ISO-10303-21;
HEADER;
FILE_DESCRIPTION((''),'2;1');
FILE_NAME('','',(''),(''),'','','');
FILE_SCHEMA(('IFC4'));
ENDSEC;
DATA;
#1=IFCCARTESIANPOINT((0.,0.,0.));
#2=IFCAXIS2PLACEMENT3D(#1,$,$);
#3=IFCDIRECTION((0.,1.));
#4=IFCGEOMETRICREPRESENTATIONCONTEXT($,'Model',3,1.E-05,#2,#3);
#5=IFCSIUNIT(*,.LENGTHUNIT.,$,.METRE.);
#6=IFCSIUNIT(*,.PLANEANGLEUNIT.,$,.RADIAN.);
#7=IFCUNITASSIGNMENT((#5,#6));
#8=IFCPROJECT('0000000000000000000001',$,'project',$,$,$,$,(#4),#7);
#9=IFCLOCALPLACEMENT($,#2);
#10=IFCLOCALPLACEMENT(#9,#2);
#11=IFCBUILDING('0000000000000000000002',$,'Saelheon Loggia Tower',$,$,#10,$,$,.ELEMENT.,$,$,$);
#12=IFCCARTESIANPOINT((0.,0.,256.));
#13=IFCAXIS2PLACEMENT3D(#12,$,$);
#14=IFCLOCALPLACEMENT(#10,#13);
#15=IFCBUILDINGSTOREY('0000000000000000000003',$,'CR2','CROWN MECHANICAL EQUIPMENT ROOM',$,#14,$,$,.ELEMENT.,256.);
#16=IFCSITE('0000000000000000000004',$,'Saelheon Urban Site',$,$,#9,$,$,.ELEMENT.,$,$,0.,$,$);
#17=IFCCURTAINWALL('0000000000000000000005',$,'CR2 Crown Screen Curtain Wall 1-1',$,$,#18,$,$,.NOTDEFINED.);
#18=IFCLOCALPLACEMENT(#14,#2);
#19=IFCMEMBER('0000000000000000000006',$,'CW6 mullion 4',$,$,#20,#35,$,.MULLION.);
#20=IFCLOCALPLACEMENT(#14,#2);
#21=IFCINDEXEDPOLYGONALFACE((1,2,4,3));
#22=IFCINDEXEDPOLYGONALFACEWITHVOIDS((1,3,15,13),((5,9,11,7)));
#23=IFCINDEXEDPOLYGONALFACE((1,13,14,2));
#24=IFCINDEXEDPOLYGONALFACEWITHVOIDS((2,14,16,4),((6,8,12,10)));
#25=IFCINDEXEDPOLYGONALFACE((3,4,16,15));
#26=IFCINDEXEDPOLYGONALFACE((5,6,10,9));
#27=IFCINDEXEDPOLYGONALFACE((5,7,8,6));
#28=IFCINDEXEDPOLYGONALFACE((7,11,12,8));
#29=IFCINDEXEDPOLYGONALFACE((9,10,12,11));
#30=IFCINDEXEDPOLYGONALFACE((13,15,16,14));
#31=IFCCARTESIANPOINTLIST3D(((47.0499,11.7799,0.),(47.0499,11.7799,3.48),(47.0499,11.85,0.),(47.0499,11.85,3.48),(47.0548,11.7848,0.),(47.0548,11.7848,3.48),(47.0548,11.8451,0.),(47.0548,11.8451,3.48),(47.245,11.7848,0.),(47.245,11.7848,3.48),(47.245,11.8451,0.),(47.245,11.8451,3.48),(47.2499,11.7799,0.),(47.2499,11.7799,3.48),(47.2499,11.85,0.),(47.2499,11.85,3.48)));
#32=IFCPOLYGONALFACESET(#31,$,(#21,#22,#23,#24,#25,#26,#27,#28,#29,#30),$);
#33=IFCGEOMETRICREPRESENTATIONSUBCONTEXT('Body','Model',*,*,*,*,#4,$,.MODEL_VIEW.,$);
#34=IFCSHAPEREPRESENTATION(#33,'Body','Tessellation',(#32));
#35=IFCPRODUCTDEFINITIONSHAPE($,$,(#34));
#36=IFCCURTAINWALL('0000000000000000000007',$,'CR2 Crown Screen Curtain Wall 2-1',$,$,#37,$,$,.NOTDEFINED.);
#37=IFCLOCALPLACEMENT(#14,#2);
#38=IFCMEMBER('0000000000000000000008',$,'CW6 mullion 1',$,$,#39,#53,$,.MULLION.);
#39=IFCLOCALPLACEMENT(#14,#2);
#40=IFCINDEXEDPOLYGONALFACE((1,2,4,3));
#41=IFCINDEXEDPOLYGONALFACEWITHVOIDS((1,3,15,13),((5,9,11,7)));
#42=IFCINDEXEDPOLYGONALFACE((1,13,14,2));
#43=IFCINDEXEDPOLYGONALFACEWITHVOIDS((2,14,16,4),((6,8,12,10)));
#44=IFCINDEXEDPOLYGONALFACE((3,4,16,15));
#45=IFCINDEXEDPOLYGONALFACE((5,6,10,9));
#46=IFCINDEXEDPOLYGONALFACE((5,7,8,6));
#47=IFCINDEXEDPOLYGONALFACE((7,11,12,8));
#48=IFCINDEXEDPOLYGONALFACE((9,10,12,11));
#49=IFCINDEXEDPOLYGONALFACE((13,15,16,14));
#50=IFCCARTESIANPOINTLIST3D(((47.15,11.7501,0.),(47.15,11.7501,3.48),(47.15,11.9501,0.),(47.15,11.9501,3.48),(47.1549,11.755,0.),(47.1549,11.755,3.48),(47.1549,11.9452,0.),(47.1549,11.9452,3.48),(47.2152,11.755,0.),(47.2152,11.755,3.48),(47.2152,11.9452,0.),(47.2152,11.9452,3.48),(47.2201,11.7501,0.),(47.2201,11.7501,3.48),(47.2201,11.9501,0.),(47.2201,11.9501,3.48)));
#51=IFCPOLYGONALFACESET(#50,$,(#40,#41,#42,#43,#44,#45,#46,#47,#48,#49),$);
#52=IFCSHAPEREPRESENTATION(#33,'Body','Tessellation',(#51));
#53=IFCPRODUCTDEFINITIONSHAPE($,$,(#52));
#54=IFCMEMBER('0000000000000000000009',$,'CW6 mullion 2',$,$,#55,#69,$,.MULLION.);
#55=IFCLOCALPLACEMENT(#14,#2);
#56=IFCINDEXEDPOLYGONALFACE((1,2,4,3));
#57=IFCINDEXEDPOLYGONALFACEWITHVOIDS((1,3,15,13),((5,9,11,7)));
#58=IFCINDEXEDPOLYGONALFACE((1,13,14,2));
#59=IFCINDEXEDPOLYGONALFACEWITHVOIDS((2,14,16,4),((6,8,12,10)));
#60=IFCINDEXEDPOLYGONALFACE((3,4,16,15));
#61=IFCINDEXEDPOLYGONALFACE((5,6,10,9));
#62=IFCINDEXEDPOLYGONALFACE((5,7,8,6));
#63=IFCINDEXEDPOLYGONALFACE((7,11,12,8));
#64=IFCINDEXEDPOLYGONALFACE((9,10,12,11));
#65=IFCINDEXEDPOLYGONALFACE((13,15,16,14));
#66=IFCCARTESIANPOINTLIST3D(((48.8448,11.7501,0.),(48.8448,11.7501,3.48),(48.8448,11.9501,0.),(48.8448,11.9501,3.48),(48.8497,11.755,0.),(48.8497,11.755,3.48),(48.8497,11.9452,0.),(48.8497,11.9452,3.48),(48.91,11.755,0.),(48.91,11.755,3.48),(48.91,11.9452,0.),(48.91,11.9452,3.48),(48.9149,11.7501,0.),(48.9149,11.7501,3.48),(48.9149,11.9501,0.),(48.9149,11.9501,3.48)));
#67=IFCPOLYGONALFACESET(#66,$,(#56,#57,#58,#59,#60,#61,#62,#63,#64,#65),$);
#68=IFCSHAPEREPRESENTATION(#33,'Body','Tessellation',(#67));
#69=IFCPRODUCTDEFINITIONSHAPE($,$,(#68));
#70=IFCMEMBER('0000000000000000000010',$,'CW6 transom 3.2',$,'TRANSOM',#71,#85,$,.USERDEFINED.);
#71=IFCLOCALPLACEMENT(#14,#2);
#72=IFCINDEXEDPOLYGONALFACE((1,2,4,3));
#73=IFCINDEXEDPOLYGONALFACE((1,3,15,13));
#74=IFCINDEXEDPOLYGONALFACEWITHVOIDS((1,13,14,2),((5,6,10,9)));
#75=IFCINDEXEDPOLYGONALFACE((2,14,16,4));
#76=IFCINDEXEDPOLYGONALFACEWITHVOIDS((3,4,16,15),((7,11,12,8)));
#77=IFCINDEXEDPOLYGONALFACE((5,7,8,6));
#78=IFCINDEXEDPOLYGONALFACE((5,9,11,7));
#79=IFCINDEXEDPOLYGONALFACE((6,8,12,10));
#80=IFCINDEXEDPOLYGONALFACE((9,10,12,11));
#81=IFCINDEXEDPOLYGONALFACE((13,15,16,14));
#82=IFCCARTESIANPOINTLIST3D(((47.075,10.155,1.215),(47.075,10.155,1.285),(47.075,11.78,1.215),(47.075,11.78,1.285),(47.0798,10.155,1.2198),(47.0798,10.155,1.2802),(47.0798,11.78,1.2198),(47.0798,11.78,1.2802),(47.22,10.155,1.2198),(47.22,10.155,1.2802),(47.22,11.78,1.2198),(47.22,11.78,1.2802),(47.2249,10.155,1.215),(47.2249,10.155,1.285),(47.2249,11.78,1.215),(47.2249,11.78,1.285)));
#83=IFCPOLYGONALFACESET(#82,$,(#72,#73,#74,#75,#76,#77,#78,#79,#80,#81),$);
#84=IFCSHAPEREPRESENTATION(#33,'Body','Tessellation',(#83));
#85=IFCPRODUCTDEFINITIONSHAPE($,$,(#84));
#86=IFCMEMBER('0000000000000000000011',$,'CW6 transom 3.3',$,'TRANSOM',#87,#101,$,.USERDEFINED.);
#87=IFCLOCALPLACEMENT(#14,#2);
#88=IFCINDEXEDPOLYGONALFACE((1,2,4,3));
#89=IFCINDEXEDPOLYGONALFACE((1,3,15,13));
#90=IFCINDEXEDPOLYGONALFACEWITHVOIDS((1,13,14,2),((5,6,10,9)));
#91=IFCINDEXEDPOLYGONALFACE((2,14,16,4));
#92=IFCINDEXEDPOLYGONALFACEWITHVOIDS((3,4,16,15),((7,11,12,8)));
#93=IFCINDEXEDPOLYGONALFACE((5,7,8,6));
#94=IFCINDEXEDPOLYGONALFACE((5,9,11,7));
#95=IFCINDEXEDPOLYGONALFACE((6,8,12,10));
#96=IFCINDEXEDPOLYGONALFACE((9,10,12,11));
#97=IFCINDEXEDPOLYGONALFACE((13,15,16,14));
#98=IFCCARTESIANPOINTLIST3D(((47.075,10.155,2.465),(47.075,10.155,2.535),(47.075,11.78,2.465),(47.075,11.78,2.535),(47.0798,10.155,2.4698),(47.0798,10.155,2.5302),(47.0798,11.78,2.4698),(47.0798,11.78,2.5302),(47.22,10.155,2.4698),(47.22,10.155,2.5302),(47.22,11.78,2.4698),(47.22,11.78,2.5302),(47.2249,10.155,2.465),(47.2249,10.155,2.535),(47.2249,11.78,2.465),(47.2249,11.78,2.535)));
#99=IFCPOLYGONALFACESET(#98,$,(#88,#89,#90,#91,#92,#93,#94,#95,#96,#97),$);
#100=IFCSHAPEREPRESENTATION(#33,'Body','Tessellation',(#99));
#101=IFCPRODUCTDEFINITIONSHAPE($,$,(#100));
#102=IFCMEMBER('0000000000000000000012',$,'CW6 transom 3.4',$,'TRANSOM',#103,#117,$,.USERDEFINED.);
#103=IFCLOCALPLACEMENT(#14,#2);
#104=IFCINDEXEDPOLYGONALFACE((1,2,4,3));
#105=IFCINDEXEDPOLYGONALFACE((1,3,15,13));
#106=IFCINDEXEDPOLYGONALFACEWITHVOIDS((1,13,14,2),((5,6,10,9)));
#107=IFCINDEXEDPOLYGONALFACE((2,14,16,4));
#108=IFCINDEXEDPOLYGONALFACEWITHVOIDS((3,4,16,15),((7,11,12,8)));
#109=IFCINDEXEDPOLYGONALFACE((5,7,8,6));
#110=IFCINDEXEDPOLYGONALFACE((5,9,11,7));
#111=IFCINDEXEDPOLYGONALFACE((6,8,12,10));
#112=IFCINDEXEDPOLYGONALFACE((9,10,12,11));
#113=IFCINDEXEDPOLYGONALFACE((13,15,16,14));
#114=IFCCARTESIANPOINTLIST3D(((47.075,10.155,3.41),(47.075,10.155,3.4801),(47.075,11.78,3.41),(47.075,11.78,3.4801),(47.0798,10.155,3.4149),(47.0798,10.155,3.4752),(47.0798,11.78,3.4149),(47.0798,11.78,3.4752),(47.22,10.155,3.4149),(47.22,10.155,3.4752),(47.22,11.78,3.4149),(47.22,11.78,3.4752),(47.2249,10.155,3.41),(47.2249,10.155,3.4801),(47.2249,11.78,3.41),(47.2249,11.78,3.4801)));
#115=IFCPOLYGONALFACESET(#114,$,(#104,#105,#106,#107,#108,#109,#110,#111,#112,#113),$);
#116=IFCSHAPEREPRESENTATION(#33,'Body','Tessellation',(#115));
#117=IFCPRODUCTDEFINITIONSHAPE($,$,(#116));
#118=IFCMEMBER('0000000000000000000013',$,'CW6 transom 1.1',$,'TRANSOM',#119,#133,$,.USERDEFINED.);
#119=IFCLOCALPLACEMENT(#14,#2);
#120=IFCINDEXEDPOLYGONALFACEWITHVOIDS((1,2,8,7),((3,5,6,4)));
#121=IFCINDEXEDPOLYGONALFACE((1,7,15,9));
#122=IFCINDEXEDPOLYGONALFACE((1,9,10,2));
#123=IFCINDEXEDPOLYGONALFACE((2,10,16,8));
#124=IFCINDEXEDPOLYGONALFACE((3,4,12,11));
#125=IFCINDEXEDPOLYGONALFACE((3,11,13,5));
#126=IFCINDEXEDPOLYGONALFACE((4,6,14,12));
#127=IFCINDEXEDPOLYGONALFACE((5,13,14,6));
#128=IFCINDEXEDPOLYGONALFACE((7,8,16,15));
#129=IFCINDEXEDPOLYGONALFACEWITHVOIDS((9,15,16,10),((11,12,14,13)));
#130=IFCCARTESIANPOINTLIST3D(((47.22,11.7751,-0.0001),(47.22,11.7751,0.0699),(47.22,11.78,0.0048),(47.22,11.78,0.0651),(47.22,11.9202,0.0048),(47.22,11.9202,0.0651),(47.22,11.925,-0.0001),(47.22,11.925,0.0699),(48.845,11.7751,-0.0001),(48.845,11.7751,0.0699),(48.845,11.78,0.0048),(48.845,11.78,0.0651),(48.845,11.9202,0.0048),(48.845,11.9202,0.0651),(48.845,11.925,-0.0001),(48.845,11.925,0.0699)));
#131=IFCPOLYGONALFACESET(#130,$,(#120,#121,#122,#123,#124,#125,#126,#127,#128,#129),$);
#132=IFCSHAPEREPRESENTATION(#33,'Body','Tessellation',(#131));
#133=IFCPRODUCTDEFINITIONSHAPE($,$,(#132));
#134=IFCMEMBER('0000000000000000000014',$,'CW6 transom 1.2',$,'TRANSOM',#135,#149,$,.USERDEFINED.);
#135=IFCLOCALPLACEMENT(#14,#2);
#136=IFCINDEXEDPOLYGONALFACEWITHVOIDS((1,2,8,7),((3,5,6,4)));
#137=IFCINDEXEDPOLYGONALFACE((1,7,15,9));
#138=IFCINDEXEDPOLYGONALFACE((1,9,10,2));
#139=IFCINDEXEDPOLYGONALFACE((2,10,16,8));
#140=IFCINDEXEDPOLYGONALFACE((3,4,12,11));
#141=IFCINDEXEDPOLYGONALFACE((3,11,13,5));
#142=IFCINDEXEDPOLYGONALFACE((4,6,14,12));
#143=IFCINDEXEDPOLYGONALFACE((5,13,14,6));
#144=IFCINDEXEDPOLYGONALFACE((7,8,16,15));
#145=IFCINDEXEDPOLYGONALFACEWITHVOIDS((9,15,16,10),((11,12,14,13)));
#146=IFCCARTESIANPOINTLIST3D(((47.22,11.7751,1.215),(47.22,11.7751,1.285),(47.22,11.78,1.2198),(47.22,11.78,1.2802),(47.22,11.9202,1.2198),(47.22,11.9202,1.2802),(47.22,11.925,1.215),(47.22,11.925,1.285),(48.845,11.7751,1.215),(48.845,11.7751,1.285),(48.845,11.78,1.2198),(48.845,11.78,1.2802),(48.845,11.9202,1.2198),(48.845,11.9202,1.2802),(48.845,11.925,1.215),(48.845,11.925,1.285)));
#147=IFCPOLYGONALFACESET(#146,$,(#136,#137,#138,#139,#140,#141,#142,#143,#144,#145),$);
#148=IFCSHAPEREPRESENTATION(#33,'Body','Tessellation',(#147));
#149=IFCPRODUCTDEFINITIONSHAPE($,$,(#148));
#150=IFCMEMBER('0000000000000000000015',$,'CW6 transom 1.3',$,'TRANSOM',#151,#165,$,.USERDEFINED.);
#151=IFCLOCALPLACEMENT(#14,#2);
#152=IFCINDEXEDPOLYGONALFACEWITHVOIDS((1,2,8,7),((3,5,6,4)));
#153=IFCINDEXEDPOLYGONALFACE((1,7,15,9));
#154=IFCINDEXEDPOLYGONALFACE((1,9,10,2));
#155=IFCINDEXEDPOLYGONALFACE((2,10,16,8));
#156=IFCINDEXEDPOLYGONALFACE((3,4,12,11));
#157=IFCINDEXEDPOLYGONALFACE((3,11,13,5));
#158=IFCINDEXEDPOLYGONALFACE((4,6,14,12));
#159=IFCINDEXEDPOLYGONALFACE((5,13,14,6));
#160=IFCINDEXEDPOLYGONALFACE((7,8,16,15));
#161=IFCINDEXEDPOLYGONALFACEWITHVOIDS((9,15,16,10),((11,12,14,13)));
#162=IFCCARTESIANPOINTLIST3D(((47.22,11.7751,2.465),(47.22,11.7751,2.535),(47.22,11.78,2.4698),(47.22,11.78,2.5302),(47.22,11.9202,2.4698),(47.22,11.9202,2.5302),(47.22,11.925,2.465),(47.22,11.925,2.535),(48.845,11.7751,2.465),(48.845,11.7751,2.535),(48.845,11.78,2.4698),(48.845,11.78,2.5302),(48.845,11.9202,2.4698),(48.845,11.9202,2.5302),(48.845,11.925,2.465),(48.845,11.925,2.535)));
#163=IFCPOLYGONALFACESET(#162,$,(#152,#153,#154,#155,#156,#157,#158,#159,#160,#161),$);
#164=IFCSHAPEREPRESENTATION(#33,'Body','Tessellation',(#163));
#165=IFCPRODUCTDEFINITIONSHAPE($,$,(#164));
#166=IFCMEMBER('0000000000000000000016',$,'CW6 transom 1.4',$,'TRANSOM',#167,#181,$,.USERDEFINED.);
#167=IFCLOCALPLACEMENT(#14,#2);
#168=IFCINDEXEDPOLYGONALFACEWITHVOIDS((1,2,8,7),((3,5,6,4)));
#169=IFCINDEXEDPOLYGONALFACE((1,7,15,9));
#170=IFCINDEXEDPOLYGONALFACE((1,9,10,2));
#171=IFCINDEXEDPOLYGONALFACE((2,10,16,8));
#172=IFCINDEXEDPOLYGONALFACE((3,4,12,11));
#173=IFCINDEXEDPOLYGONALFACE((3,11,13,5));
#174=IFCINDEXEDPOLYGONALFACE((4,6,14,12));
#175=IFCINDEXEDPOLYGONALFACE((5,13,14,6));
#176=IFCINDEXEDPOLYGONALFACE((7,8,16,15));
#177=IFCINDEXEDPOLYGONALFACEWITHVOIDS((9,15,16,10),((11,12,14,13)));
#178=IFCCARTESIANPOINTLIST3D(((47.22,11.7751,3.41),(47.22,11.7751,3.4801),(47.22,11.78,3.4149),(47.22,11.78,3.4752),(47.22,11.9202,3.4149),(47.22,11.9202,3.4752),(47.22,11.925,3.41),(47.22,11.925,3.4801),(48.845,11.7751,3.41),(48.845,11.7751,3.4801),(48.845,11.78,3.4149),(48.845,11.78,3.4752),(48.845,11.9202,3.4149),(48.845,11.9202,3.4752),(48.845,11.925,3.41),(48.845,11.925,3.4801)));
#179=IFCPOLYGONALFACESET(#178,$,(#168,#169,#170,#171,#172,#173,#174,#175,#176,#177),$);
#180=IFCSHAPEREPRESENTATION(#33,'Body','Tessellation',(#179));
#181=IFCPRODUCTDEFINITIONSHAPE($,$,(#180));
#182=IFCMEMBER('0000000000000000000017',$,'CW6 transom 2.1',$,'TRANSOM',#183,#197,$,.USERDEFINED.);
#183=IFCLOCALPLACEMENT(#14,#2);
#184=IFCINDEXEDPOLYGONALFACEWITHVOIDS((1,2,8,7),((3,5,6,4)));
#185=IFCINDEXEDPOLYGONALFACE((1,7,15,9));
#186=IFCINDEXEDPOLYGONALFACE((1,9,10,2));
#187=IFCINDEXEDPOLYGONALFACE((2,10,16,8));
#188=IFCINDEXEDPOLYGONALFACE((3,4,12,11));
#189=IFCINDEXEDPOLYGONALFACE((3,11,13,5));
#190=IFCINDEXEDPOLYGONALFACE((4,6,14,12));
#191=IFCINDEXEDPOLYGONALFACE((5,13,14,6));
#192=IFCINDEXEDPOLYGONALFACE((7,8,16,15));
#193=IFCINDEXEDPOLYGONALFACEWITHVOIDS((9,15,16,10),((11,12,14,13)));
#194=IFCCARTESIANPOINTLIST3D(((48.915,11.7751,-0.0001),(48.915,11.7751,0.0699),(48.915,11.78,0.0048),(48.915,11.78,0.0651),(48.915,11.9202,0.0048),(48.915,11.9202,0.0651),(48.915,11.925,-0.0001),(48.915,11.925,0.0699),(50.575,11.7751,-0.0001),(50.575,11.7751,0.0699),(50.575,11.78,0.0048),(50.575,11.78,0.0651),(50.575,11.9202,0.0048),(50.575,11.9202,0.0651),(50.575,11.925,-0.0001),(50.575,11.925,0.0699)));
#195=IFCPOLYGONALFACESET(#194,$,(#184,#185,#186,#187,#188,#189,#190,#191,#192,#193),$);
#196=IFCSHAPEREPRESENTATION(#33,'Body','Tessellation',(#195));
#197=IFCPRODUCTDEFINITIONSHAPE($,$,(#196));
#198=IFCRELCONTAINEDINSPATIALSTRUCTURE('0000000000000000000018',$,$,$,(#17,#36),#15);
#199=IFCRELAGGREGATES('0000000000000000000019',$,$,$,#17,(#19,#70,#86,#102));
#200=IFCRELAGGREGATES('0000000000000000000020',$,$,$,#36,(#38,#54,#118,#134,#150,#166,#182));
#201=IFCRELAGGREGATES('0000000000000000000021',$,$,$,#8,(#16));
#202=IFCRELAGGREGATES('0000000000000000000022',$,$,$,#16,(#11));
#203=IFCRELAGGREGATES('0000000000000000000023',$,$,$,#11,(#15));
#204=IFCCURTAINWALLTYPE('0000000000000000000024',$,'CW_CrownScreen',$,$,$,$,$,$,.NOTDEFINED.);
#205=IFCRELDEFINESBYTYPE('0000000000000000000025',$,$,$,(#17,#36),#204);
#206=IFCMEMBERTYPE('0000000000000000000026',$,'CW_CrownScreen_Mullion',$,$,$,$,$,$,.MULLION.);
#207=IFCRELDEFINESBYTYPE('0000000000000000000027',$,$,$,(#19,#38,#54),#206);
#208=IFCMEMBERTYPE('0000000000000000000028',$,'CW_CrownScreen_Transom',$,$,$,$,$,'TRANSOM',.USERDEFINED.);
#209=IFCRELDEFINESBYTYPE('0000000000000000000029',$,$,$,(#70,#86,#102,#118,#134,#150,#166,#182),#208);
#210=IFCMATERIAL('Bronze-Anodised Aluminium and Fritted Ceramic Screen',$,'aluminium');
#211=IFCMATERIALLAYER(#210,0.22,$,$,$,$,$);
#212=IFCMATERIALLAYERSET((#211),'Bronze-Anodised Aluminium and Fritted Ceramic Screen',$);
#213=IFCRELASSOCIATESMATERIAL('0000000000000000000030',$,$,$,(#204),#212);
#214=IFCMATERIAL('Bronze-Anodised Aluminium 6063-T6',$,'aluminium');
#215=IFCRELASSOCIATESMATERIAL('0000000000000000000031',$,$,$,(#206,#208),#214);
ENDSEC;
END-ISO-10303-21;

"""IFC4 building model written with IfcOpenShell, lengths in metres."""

from ifc_helpers import new_model, si_unit, direction, frame, origin, origin_2d, place, context, subcontext, project, spatial, hollow_rectangle, extrude, source, transform, mapped, material, layer, layer_set, material_profile, profile_set, type_object, element, aggregate, save


model = new_model("IFC4")

# Units and contexts
model_context = context("Model", 3, precision=1e-05, world=origin(), true_north=direction((0.0, 1.0)))
body_context = subcontext(model_context, "Body", "Model", "MODEL_VIEW")
ifc_project = project(units=[si_unit("LENGTHUNIT", "METRE"), si_unit("PLANEANGLEUNIT", "RADIAN")], contexts=[model_context])

# Site, building, storey
site_placement = place(None, origin())
site = spatial("IfcSite", under=ifc_project, at=site_placement, Name="Saelheon Urban Site", CompositionType="ELEMENT", RefElevation=0.0)
building_placement = place(site_placement, origin())
building = spatial("IfcBuilding", under=site, at=building_placement, Name="Saelheon Loggia Tower", CompositionType="ELEMENT")
storey_placement = place(building_placement, frame((0.0, 0.0, 256.0)))
storey = spatial("IfcBuildingStorey", under=building, at=storey_placement, Name="CR2", Description="CROWN MECHANICAL EQUIPMENT ROOM", CompositionType="ELEMENT", Elevation=256.0)

# Curtain wall, member
ifc_material_1 = material(Name="Bronze-Anodised Aluminium and Fritted Ceramic Screen", Category="aluminium")
ifc_layer_1 = layer(ifc_material_1, 0.22)
ifc_layer_set_1 = layer_set([ifc_layer_1], Name="Bronze-Anodised Aluminium and Fritted Ceramic Screen")
curtain_wall_type = type_object("IfcCurtainWallType", Name="CW_CrownScreen", PredefinedType="NOTDEFINED", material=ifc_layer_set_1)
curtain_wall_1_placement = place(storey_placement, origin())
curtain_wall_1 = element("IfcCurtainWall", 1, at=curtain_wall_1_placement, inside=storey, type_object=curtain_wall_type, Name="CR2 Crown Screen Curtain Wall 1-1", PredefinedType="NOTDEFINED")
ifc_material_2 = material(Name="Bronze-Anodised Aluminium 6063-T6", Category="aluminium")
ifc_material_profile_1 = material_profile(ifc_material_2, hollow_rectangle(XDim=0.0701, YDim=0.2, WallThickness=0.0049, at=origin_2d()), Name="RHS-200x70x5")
ifc_profile_set_1 = profile_set([ifc_material_profile_1], Name="Bronze-Anodised Aluminium 6063-T6")
member_type_1 = type_object("IfcMemberType", Name="CW_CrownScreen_Mullion", PredefinedType="MULLION", material=ifc_profile_set_1)
shared_shape_1 = source(origin(), body_context, "Body", "SweptSolid", [
    extrude(hollow_rectangle(XDim=0.0701, YDim=0.2, WallThickness=0.0049, at=origin_2d()), origin(), (0.0, 0.0, 1.0), 3.48),
])
member_1_placement = place(storey_placement, frame((47.1499, 11.8149, 0.0), z_axis=(0.0, 0.0, 1.0), x_axis=(0.0, 1.0, 0.0)))
member_1 = element("IfcMember", 2, at=member_1_placement, type_object=member_type_1, Name="CW6 mullion 4", PredefinedType="MULLION", context=body_context, shape_type="MappedRepresentation", body=[
    mapped(shared_shape_1, transform((0.0, 0.0, 0.0), scale=1.0)),
])

# Curtain wall, members
curtain_wall_2_placement = place(storey_placement, origin())
curtain_wall_2 = element("IfcCurtainWall", 3, at=curtain_wall_2_placement, inside=storey, type_object=curtain_wall_type, Name="CR2 Crown Screen Curtain Wall 2-1", PredefinedType="NOTDEFINED")
member_2_placement = place(storey_placement, frame((47.1851, 11.8501, 0.0), z_axis=(0.0, 0.0, 1.0), x_axis=(1.0, 0.0, 0.0)))
member_2 = element("IfcMember", 4, at=member_2_placement, type_object=member_type_1, Name="CW6 mullion 1", PredefinedType="MULLION", context=body_context, shape_type="MappedRepresentation", body=[
    mapped(shared_shape_1, transform((0.0, 0.0, 0.0), scale=1.0)),
])
member_3_placement = place(storey_placement, frame((48.8799, 11.8501, 0.0), z_axis=(0.0, 0.0, 1.0), x_axis=(1.0, 0.0, 0.0)))
member_3 = element("IfcMember", 5, at=member_3_placement, type_object=member_type_1, Name="CW6 mullion 2", PredefinedType="MULLION", context=body_context, shape_type="MappedRepresentation", body=[
    mapped(shared_shape_1, transform((0.0, 0.0, 0.0), scale=1.0)),
])

# Members
ifc_material_profile_2 = material_profile(ifc_material_2, hollow_rectangle(XDim=0.0701, YDim=0.1499, WallThickness=0.0049, at=origin_2d()), Name="RHS-150x70x5")
ifc_profile_set_2 = profile_set([ifc_material_profile_2], Name="Bronze-Anodised Aluminium 6063-T6")
member_type_2 = type_object("IfcMemberType", Name="CW_CrownScreen_Transom", ElementType="TRANSOM", PredefinedType="USERDEFINED", material=ifc_profile_set_2)
shared_shape_2 = source(origin(), body_context, "Body", "SweptSolid", [
    extrude(hollow_rectangle(XDim=0.0701, YDim=0.1499, WallThickness=0.0049, at=origin_2d()), origin(), (0.0, 0.0, 1.0), 1.625),
])
member_4_placement = place(storey_placement, frame((47.1499, 10.155, 1.25), z_axis=(0.0, 1.0, 0.0), x_axis=(0.0, 0.0, 1.0)))
member_4 = element("IfcMember", 6, at=member_4_placement, type_object=member_type_2, Name="CW6 transom 3.2", ObjectType="TRANSOM", PredefinedType="USERDEFINED", context=body_context, shape_type="MappedRepresentation", body=[
    mapped(shared_shape_2, transform((0.0, 0.0, 0.0), scale=1.0)),
])
member_5_placement = place(storey_placement, frame((47.1499, 10.155, 2.5), z_axis=(0.0, 1.0, 0.0), x_axis=(0.0, 0.0, 1.0)))
member_5 = element("IfcMember", 7, at=member_5_placement, type_object=member_type_2, Name="CW6 transom 3.3", ObjectType="TRANSOM", PredefinedType="USERDEFINED", context=body_context, shape_type="MappedRepresentation", body=[
    mapped(shared_shape_2, transform((0.0, 0.0, 0.0), scale=1.0)),
])
member_6_placement = place(storey_placement, frame((47.1499, 10.155, 3.4451), z_axis=(0.0, 1.0, 0.0), x_axis=(0.0, 0.0, 1.0)))
member_6 = element("IfcMember", 8, at=member_6_placement, type_object=member_type_2, Name="CW6 transom 3.4", ObjectType="TRANSOM", PredefinedType="USERDEFINED", context=body_context, shape_type="MappedRepresentation", body=[
    mapped(shared_shape_2, transform((0.0, 0.0, 0.0), scale=1.0)),
])
member_7_placement = place(storey_placement, frame((47.22, 11.8501, 0.0349), z_axis=(1.0, 0.0, 0.0), x_axis=(0.0, 0.0, 1.0)))
member_7 = element("IfcMember", 9, at=member_7_placement, type_object=member_type_2, Name="CW6 transom 1.1", ObjectType="TRANSOM", PredefinedType="USERDEFINED", context=body_context, shape_type="MappedRepresentation", body=[
    mapped(shared_shape_2, transform((0.0, 0.0, 0.0), scale=1.0)),
])
member_8_placement = place(storey_placement, frame((47.22, 11.8501, 1.25), z_axis=(1.0, 0.0, 0.0), x_axis=(0.0, 0.0, 1.0)))
member_8 = element("IfcMember", 10, at=member_8_placement, type_object=member_type_2, Name="CW6 transom 1.2", ObjectType="TRANSOM", PredefinedType="USERDEFINED", context=body_context, shape_type="MappedRepresentation", body=[
    mapped(shared_shape_2, transform((0.0, 0.0, 0.0), scale=1.0)),
])
member_9_placement = place(storey_placement, frame((47.22, 11.8501, 2.5), z_axis=(1.0, 0.0, 0.0), x_axis=(0.0, 0.0, 1.0)))
member_9 = element("IfcMember", 11, at=member_9_placement, type_object=member_type_2, Name="CW6 transom 1.3", ObjectType="TRANSOM", PredefinedType="USERDEFINED", context=body_context, shape_type="MappedRepresentation", body=[
    mapped(shared_shape_2, transform((0.0, 0.0, 0.0), scale=1.0)),
])
member_10_placement = place(storey_placement, frame((47.22, 11.8501, 3.4451), z_axis=(1.0, 0.0, 0.0), x_axis=(0.0, 0.0, 1.0)))
member_10 = element("IfcMember", 12, at=member_10_placement, type_object=member_type_2, Name="CW6 transom 1.4", ObjectType="TRANSOM", PredefinedType="USERDEFINED", context=body_context, shape_type="MappedRepresentation", body=[
    mapped(shared_shape_2, transform((0.0, 0.0, 0.0), scale=1.0)),
])
shared_shape_3 = source(origin(), body_context, "Body", "SweptSolid", [
    extrude(hollow_rectangle(XDim=0.0701, YDim=0.1499, WallThickness=0.0049, at=origin_2d()), origin(), (0.0, 0.0, 1.0), 1.6599),
])
member_11_placement = place(storey_placement, frame((48.915, 11.8501, 0.0349), z_axis=(1.0, 0.0, 0.0), x_axis=(0.0, 0.0, 1.0)))
member_11 = element("IfcMember", 13, at=member_11_placement, type_object=member_type_2, Name="CW6 transom 2.1", ObjectType="TRANSOM", PredefinedType="USERDEFINED", context=body_context, shape_type="MappedRepresentation", body=[
    mapped(shared_shape_3, transform((0.0, 0.0, 0.0), scale=1.0)),
])

aggregate(curtain_wall_1, [member_1, member_4, member_5, member_6])
aggregate(curtain_wall_2, [member_2, member_3, member_7, member_8, member_9, member_10, member_11])

save(model, "model.ifc")
